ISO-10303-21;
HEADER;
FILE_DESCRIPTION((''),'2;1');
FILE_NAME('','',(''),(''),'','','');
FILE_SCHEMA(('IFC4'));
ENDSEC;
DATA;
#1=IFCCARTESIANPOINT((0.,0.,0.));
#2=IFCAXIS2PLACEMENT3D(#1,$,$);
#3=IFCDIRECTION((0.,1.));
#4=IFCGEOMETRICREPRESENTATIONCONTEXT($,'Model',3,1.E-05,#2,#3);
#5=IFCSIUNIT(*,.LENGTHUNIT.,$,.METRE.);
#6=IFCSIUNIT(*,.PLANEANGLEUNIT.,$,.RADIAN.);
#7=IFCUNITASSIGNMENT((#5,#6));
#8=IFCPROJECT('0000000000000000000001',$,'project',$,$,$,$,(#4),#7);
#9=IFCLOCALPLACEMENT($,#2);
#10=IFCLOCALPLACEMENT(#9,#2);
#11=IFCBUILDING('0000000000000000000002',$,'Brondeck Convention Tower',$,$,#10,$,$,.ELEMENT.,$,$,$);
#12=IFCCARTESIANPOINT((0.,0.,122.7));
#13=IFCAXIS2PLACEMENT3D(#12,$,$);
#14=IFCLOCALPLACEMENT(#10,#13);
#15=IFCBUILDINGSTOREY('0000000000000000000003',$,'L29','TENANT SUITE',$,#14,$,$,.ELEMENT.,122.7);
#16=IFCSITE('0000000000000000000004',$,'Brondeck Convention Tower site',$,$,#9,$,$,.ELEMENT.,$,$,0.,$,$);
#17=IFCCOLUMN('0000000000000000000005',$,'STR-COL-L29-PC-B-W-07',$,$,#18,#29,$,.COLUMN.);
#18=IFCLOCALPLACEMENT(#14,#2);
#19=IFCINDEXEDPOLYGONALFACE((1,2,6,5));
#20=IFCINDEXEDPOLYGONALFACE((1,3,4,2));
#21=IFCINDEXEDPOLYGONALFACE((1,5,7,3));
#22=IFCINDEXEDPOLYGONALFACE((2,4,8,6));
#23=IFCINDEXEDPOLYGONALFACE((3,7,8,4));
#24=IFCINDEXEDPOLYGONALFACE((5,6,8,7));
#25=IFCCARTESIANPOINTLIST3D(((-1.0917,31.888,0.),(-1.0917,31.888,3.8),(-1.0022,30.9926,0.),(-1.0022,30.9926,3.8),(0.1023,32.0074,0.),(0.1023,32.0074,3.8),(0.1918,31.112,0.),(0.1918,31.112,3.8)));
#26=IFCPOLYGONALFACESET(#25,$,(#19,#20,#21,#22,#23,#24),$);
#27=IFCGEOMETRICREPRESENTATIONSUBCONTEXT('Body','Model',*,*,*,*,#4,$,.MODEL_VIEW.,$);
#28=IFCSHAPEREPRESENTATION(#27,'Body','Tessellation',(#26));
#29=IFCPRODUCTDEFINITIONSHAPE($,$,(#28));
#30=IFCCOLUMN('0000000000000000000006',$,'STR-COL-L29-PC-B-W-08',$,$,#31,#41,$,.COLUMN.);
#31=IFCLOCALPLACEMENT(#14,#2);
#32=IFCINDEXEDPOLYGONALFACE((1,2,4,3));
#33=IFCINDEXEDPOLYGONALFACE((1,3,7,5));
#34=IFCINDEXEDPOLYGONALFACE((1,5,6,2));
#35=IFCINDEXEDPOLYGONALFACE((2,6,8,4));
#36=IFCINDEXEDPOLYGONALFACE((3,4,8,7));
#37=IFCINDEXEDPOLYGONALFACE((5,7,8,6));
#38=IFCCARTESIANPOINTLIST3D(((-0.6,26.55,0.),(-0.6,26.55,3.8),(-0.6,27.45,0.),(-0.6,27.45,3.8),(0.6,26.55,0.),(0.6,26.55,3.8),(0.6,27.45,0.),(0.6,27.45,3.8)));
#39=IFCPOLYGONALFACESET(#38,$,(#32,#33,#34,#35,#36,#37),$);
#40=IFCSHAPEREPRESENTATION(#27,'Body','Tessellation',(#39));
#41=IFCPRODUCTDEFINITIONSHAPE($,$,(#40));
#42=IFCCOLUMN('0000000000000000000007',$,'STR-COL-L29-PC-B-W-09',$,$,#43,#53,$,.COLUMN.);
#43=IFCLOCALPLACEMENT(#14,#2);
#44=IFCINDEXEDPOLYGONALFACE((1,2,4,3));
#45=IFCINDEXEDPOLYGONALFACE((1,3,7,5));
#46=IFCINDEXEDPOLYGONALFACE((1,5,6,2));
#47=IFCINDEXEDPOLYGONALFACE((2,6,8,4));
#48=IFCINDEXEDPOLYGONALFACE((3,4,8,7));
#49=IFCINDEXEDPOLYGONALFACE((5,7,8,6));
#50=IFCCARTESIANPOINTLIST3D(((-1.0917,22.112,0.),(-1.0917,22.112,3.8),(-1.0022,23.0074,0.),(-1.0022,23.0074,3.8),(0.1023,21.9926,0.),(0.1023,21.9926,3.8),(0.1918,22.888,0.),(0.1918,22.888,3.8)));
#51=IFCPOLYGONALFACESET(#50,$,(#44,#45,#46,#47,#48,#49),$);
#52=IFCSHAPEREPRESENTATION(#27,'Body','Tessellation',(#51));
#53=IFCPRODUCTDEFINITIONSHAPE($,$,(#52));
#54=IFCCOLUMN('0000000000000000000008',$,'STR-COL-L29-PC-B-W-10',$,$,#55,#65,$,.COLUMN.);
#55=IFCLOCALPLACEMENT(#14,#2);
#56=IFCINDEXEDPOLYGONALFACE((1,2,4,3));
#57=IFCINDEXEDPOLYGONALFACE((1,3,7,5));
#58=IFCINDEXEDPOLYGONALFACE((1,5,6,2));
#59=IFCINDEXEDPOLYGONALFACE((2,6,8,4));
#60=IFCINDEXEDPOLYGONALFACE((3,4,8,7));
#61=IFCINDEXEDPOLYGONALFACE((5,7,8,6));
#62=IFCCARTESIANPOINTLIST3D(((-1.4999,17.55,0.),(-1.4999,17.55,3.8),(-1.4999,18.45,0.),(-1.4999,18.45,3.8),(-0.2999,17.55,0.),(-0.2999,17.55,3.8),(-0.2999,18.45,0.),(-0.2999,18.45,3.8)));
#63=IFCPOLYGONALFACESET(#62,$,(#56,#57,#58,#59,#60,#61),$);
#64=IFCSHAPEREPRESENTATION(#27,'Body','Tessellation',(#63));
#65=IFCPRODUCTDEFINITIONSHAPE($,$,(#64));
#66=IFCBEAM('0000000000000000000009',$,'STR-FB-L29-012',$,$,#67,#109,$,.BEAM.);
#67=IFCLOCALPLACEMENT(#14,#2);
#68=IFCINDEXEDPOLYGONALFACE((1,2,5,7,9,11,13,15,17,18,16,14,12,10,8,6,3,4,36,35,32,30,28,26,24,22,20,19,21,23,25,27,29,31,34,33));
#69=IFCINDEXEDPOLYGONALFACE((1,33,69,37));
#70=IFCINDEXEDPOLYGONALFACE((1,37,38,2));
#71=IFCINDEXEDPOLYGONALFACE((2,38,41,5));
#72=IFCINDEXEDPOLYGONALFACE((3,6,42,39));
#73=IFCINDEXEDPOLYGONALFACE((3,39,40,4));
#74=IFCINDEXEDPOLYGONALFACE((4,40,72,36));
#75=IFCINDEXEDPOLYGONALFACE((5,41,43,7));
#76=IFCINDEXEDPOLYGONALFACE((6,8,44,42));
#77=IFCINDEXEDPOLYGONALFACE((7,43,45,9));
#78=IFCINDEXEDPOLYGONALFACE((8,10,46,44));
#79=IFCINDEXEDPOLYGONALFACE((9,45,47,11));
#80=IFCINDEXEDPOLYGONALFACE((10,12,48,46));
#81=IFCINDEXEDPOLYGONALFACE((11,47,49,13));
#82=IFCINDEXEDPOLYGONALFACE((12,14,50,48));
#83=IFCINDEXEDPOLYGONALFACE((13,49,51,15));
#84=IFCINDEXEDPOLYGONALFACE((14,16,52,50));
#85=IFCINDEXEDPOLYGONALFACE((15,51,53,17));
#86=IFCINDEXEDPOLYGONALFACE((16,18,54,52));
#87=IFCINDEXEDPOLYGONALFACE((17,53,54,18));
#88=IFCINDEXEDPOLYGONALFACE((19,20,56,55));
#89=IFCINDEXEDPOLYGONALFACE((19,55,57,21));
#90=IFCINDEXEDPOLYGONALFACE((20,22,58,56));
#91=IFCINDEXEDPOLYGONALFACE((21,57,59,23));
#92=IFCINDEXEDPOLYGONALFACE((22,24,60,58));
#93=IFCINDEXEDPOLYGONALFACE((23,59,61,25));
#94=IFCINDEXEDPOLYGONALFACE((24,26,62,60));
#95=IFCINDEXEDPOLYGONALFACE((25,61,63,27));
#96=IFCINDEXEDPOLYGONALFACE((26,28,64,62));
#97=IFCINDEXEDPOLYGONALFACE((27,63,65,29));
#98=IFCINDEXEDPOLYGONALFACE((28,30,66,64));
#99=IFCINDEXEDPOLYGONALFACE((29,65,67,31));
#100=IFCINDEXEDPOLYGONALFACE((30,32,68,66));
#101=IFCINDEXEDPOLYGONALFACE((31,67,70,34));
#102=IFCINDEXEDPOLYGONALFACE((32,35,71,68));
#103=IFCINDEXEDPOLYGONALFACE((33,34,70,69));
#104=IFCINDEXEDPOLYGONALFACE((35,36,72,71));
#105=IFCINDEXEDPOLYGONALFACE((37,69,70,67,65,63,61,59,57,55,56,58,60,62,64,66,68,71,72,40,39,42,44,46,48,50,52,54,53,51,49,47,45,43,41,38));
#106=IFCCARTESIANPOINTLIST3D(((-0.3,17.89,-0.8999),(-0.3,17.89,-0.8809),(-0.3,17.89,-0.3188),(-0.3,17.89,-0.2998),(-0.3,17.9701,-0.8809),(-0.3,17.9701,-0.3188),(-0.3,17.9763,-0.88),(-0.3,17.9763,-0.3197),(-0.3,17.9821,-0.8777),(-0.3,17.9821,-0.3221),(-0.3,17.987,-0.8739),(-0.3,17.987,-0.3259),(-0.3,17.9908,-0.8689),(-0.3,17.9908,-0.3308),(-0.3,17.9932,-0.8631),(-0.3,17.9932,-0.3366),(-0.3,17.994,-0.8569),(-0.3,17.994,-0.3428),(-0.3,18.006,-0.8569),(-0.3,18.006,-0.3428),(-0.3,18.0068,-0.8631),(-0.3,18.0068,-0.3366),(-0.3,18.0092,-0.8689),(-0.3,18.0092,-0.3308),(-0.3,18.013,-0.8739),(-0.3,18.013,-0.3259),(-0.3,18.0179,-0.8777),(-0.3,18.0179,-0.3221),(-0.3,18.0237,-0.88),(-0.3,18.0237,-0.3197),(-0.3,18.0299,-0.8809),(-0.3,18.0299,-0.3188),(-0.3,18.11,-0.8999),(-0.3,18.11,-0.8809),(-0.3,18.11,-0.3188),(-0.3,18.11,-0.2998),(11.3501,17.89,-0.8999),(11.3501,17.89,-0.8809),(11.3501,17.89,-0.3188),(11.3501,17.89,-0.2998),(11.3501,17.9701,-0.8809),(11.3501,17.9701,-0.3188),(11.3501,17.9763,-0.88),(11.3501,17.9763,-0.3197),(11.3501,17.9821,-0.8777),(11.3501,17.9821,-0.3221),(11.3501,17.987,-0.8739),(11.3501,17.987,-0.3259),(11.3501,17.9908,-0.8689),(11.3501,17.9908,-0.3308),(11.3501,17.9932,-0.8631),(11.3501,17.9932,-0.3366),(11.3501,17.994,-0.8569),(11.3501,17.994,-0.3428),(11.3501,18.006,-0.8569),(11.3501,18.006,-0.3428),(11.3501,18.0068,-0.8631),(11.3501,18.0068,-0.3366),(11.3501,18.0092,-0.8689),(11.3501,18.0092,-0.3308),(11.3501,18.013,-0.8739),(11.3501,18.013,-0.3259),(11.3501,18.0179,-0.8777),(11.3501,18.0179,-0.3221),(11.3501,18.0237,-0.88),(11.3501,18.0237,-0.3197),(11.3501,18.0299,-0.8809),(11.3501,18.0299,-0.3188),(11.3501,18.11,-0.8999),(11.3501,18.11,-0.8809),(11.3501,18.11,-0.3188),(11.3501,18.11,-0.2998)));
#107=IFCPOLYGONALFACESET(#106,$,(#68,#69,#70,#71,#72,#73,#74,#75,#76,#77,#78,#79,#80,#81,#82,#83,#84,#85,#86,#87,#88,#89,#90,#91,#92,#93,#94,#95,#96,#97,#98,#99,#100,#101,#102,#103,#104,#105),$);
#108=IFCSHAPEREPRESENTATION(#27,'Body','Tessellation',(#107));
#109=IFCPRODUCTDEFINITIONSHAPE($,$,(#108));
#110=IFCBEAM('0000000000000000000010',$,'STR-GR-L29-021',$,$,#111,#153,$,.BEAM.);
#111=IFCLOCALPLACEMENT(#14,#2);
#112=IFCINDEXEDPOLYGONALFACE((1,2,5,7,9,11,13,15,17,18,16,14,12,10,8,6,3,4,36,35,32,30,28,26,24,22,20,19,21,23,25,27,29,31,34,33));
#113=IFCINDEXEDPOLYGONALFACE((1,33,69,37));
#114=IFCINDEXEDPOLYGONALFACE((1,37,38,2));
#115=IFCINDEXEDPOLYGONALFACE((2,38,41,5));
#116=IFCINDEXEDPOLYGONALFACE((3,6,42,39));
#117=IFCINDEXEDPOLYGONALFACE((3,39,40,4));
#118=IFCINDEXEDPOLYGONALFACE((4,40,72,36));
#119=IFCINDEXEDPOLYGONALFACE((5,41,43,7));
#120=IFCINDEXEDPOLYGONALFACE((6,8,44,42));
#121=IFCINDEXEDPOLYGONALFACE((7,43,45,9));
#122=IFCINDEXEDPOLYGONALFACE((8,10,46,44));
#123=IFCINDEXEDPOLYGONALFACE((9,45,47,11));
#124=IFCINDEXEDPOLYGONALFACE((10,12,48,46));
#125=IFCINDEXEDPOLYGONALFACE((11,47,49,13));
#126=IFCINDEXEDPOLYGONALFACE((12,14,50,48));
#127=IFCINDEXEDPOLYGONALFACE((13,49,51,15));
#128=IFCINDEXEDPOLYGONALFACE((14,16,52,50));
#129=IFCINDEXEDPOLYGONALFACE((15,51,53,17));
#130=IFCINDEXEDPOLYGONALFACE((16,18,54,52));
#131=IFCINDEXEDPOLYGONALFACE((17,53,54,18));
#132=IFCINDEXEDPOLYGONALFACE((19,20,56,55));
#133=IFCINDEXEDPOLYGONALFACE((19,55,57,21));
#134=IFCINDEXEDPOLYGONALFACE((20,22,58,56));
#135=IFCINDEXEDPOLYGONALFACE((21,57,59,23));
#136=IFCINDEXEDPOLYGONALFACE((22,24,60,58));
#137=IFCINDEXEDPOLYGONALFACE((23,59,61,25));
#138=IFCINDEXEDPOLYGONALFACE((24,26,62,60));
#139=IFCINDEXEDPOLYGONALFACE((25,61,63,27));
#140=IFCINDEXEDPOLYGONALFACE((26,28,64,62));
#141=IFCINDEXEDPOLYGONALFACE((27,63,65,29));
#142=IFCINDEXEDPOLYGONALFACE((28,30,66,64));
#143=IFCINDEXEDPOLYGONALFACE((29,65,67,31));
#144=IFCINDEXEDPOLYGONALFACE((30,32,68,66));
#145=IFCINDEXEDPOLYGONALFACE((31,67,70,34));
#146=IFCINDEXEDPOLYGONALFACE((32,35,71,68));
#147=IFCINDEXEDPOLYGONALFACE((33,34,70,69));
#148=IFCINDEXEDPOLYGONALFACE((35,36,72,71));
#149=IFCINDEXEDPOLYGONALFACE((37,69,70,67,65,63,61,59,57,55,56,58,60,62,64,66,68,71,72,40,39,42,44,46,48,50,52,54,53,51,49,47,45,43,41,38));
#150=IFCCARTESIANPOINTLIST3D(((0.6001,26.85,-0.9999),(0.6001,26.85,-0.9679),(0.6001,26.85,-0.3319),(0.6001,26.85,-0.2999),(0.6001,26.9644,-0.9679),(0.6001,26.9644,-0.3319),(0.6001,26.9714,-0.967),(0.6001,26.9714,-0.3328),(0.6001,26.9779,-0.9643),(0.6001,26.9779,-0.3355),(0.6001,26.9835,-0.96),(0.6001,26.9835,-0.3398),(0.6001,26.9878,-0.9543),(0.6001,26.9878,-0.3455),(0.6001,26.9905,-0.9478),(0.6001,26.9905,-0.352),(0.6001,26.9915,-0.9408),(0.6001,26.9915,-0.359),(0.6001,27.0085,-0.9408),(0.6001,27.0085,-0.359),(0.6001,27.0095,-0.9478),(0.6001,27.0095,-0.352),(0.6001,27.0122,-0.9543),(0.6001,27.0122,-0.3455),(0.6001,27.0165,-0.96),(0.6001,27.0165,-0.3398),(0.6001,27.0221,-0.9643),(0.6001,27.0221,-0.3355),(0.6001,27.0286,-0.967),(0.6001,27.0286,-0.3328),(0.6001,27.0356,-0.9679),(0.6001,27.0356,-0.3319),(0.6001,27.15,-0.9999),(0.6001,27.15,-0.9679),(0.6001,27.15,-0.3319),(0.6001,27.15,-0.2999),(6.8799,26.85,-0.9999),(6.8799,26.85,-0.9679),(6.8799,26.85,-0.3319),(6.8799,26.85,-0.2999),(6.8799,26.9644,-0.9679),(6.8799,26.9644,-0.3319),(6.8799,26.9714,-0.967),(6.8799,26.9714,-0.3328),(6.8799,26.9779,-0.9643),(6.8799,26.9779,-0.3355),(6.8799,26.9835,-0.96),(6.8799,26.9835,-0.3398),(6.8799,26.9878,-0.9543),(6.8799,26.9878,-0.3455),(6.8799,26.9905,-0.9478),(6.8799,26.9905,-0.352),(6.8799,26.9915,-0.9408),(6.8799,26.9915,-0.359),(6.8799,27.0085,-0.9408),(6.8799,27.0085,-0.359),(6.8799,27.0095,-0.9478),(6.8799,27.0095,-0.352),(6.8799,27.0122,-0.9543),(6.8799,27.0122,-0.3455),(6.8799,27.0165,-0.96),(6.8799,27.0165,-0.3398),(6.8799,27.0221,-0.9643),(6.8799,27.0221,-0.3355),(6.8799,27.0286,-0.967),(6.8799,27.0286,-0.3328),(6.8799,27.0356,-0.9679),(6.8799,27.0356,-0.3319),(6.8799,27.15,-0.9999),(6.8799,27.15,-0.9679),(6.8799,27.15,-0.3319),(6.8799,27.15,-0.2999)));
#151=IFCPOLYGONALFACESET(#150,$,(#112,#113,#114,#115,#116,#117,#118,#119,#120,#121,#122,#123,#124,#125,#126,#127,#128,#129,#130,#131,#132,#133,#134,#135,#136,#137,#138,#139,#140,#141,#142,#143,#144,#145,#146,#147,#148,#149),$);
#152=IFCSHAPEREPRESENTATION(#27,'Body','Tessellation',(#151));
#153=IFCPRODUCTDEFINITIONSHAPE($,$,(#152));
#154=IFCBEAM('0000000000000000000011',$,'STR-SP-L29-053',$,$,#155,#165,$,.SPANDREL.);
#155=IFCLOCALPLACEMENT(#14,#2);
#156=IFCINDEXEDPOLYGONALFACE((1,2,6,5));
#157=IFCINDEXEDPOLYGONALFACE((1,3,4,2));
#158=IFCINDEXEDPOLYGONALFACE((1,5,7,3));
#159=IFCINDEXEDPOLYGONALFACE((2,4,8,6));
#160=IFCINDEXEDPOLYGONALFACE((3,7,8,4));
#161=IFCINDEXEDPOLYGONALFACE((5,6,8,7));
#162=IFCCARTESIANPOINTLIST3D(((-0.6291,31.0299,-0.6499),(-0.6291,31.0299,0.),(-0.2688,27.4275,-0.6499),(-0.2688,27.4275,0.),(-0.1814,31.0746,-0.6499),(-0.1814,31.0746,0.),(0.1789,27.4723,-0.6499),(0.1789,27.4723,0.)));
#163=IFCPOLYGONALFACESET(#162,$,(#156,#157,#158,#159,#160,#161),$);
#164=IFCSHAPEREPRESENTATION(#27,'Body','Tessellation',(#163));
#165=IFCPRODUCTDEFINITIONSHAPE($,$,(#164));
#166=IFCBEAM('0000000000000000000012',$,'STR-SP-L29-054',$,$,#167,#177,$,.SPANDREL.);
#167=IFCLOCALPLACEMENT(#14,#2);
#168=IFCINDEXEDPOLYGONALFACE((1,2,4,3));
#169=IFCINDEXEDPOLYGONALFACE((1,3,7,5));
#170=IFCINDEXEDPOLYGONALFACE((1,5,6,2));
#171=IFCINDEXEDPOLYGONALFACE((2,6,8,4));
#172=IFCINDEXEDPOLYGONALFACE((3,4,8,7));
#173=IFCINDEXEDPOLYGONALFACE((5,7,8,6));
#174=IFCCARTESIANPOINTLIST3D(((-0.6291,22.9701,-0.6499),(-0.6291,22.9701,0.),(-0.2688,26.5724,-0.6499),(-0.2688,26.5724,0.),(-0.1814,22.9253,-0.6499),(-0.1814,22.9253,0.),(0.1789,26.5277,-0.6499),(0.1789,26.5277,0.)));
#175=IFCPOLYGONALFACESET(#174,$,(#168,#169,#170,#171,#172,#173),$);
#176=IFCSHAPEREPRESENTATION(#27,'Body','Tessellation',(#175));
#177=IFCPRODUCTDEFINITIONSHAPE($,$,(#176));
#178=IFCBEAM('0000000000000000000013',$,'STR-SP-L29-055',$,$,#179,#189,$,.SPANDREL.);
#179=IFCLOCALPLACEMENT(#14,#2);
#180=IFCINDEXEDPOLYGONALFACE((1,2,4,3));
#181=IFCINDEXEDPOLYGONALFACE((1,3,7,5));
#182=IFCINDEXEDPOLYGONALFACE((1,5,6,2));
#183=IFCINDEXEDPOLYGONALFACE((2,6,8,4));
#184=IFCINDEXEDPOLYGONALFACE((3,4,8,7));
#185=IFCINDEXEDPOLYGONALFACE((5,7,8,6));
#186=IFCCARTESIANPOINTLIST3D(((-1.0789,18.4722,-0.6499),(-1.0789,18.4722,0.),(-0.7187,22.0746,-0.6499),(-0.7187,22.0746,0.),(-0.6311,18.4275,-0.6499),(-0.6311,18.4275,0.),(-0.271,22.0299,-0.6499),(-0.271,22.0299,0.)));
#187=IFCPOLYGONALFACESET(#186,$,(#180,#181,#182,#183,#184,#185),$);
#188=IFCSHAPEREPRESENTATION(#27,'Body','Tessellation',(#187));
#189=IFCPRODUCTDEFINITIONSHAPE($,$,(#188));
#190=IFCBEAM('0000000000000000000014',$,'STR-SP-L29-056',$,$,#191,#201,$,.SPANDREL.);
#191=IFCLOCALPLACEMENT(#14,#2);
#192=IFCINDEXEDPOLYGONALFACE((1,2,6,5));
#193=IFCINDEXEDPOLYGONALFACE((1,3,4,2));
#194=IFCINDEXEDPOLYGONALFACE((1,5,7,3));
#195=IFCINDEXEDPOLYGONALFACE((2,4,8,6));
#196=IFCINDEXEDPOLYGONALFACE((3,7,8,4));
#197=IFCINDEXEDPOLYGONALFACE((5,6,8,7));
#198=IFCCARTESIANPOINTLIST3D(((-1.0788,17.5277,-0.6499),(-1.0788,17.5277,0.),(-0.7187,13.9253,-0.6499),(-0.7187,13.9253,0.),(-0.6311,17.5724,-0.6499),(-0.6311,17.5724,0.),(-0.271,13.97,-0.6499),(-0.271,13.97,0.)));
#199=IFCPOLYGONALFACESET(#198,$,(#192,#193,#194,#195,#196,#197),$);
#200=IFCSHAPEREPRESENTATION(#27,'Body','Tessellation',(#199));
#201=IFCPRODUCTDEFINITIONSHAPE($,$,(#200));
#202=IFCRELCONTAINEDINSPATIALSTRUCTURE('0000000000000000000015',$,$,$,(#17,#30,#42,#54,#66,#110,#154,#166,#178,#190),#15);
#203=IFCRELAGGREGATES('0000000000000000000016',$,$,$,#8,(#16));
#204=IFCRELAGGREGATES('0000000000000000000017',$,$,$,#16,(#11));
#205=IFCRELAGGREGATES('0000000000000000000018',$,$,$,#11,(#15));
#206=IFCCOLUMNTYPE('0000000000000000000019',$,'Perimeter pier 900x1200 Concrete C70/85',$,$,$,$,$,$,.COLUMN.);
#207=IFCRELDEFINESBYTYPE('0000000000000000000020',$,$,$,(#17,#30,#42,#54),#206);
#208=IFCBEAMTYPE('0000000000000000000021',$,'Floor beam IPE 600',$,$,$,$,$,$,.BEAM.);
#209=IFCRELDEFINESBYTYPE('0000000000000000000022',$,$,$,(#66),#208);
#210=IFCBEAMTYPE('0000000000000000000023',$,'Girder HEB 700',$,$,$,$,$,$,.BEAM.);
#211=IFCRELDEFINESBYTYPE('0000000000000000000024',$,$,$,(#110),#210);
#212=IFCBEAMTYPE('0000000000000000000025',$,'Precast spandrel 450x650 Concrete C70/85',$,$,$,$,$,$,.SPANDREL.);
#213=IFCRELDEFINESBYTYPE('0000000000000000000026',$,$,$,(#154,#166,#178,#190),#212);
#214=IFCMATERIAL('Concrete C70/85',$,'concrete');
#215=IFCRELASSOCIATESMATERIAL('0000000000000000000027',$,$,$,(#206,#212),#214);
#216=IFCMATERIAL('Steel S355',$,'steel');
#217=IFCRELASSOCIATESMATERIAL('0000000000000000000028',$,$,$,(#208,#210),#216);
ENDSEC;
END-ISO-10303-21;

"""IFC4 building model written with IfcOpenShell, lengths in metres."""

from ifc_helpers import new_model, si_unit, direction, frame, origin, origin_2d, place, context, subcontext, project, spatial, rectangle, i_section, extrude, material, material_profile, profile_set, type_object, element, save


model = new_model("IFC4")

# Units and contexts
model_context = context("Model", 3, precision=1e-05, world=origin(), true_north=direction((0.0, 1.0)))
body_context = subcontext(model_context, "Body", "Model", "MODEL_VIEW")
ifc_project = project(units=[si_unit("LENGTHUNIT", "METRE"), si_unit("PLANEANGLEUNIT", "RADIAN")], contexts=[model_context])

# Site, building, storey
site_placement = place(None, origin())
site = spatial("IfcSite", under=ifc_project, at=site_placement, Name="Brondeck Convention Tower site", CompositionType="ELEMENT", RefElevation=0.0)
building_placement = place(site_placement, origin())
building = spatial("IfcBuilding", under=site, at=building_placement, Name="Brondeck Convention Tower", CompositionType="ELEMENT")
storey_placement = place(building_placement, frame((0.0, 0.0, 122.7)))
storey = spatial("IfcBuildingStorey", under=building, at=storey_placement, Name="L29", Description="TENANT SUITE", CompositionType="ELEMENT", Elevation=122.7)

# Columns
ifc_material_1 = material(Name="Concrete C70/85", Category="concrete")
ifc_material_profile_1 = material_profile(ifc_material_1, rectangle(XDim=0.8999, YDim=1.2, at=origin_2d()), Name="Perimeter pier 900x1200 Concrete C70/85")
ifc_profile_set_1 = profile_set([ifc_material_profile_1], Name="Concrete C70/85")
column_type = type_object("IfcColumnType", Name="Perimeter pier 900x1200 Concrete C70/85", PredefinedType="COLUMN", material=ifc_profile_set_1)
for number, where, z_axis, x_axis, name in (
    (1, (-0.45, 31.5, 0.0), (0.0, 0.0, 1.0), (0.099504, -0.995037, 0.0), "STR-COL-L29-PC-B-W-07"),
    (2, (0.0, 27.0, 0.0), (0.0, 0.0, 1.0), (0.0, -1.0, 0.0), "STR-COL-L29-PC-B-W-08"),
    (3, (-0.45, 22.5, 0.0), (0.0, 0.0, 1.0), (-0.099504, -0.995037, 0.0), "STR-COL-L29-PC-B-W-09"),
    (4, (-0.8999, 18.0, 0.0), (0.0, 0.0, 1.0), (0.0, -1.0, 0.0), "STR-COL-L29-PC-B-W-10"),
):
    element("IfcColumn", number, at=place(storey_placement, frame(where, z_axis=z_axis, x_axis=x_axis)), inside=storey, type_object=column_type, Name=name, PredefinedType="COLUMN", context=body_context, shape_type="SweptSolid", body=[
        extrude(rectangle(XDim=0.8999, YDim=1.2, at=origin_2d()), origin(), (0.0, 0.0, 1.0), 3.8),
    ])

# Beams
ifc_material_2 = material(Name="Steel S355", Category="steel")
ifc_material_profile_2 = material_profile(ifc_material_2, i_section(OverallWidth=0.22, OverallDepth=0.6001, WebThickness=0.012, FlangeThickness=0.019, FilletRadius=0.0239, at=origin_2d()), Name="IPE 600")
ifc_profile_set_2 = profile_set([ifc_material_profile_2], Name="Steel S355")
beam_type_1 = type_object("IfcBeamType", Name="Floor beam IPE 600", PredefinedType="BEAM", material=ifc_profile_set_2)
beam_1_placement = place(storey_placement, frame((-0.3, 18.0, -0.5999), z_axis=(1.0, 0.0, 0.0), x_axis=(0.0, 1.0, 0.0)))
element("IfcBeam", 5, at=beam_1_placement, inside=storey, type_object=beam_type_1, Name="STR-FB-L29-012", PredefinedType="BEAM", context=body_context, shape_type="SweptSolid", body=[
    extrude(i_section(OverallWidth=0.22, OverallDepth=0.6001, WebThickness=0.012, FlangeThickness=0.019, FilletRadius=0.0239, at=origin_2d()), origin(), (0.0, 0.0, 1.0), 11.6501),
])
ifc_material_profile_3 = material_profile(ifc_material_2, i_section(OverallWidth=0.3, OverallDepth=0.7, WebThickness=0.0171, FlangeThickness=0.032, FilletRadius=0.0271, at=origin_2d()), Name="HEB 700")
ifc_profile_set_3 = profile_set([ifc_material_profile_3], Name="Steel S355")
beam_type_2 = type_object("IfcBeamType", Name="Girder HEB 700", PredefinedType="BEAM", material=ifc_profile_set_3)
beam_2_placement = place(storey_placement, frame((0.6001, 27.0, -0.6499), z_axis=(1.0, 0.0, 0.0), x_axis=(0.0, 1.0, 0.0)))
element("IfcBeam", 6, at=beam_2_placement, inside=storey, type_object=beam_type_2, Name="STR-GR-L29-021", PredefinedType="BEAM", context=body_context, shape_type="SweptSolid", body=[
    extrude(i_section(OverallWidth=0.3, OverallDepth=0.7, WebThickness=0.0171, FlangeThickness=0.032, FilletRadius=0.0271, at=origin_2d()), origin(), (0.0, 0.0, 1.0), 6.2798),
])
ifc_material_profile_4 = material_profile(ifc_material_1, rectangle(XDim=0.45, YDim=0.6499, at=origin_2d()), Name="Precast spandrel 450x650 Concrete C70/85")
ifc_profile_set_4 = profile_set([ifc_material_profile_4], Name="Concrete C70/85")
beam_type_3 = type_object("IfcBeamType", Name="Precast spandrel 450x650 Concrete C70/85", PredefinedType="SPANDREL", material=ifc_profile_set_4)
for number, where, z_axis, x_axis, name in (
    (7, (-0.4053, 31.0522, -0.325), (0.099537, -0.995034, 0.0), (0.995034, 0.099537, 0.0), "STR-SP-L29-053"),
    (8, (-0.0449, 26.55, -0.325), (-0.099537, -0.995034, 0.0), (0.995034, -0.099537, 0.0), "STR-SP-L29-054"),
    (9, (-0.4949, 22.0522, -0.325), (-0.09947, -0.995041, 0.0), (0.995041, -0.09947, 0.0), "STR-SP-L29-055"),
    (10, (-0.855, 17.55, -0.325), (0.09947, -0.995041, 0.0), (0.995041, 0.09947, 0.0), "STR-SP-L29-056"),
):
    element("IfcBeam", number, at=place(storey_placement, frame(where, z_axis=z_axis, x_axis=x_axis)), inside=storey, type_object=beam_type_3, Name=name, PredefinedType="SPANDREL", context=body_context, shape_type="SweptSolid", body=[
        extrude(rectangle(XDim=0.45, YDim=0.6499, at=origin_2d()), origin(), (0.0, 0.0, 1.0), 3.6204),
    ])

save(model, "model.ifc")
